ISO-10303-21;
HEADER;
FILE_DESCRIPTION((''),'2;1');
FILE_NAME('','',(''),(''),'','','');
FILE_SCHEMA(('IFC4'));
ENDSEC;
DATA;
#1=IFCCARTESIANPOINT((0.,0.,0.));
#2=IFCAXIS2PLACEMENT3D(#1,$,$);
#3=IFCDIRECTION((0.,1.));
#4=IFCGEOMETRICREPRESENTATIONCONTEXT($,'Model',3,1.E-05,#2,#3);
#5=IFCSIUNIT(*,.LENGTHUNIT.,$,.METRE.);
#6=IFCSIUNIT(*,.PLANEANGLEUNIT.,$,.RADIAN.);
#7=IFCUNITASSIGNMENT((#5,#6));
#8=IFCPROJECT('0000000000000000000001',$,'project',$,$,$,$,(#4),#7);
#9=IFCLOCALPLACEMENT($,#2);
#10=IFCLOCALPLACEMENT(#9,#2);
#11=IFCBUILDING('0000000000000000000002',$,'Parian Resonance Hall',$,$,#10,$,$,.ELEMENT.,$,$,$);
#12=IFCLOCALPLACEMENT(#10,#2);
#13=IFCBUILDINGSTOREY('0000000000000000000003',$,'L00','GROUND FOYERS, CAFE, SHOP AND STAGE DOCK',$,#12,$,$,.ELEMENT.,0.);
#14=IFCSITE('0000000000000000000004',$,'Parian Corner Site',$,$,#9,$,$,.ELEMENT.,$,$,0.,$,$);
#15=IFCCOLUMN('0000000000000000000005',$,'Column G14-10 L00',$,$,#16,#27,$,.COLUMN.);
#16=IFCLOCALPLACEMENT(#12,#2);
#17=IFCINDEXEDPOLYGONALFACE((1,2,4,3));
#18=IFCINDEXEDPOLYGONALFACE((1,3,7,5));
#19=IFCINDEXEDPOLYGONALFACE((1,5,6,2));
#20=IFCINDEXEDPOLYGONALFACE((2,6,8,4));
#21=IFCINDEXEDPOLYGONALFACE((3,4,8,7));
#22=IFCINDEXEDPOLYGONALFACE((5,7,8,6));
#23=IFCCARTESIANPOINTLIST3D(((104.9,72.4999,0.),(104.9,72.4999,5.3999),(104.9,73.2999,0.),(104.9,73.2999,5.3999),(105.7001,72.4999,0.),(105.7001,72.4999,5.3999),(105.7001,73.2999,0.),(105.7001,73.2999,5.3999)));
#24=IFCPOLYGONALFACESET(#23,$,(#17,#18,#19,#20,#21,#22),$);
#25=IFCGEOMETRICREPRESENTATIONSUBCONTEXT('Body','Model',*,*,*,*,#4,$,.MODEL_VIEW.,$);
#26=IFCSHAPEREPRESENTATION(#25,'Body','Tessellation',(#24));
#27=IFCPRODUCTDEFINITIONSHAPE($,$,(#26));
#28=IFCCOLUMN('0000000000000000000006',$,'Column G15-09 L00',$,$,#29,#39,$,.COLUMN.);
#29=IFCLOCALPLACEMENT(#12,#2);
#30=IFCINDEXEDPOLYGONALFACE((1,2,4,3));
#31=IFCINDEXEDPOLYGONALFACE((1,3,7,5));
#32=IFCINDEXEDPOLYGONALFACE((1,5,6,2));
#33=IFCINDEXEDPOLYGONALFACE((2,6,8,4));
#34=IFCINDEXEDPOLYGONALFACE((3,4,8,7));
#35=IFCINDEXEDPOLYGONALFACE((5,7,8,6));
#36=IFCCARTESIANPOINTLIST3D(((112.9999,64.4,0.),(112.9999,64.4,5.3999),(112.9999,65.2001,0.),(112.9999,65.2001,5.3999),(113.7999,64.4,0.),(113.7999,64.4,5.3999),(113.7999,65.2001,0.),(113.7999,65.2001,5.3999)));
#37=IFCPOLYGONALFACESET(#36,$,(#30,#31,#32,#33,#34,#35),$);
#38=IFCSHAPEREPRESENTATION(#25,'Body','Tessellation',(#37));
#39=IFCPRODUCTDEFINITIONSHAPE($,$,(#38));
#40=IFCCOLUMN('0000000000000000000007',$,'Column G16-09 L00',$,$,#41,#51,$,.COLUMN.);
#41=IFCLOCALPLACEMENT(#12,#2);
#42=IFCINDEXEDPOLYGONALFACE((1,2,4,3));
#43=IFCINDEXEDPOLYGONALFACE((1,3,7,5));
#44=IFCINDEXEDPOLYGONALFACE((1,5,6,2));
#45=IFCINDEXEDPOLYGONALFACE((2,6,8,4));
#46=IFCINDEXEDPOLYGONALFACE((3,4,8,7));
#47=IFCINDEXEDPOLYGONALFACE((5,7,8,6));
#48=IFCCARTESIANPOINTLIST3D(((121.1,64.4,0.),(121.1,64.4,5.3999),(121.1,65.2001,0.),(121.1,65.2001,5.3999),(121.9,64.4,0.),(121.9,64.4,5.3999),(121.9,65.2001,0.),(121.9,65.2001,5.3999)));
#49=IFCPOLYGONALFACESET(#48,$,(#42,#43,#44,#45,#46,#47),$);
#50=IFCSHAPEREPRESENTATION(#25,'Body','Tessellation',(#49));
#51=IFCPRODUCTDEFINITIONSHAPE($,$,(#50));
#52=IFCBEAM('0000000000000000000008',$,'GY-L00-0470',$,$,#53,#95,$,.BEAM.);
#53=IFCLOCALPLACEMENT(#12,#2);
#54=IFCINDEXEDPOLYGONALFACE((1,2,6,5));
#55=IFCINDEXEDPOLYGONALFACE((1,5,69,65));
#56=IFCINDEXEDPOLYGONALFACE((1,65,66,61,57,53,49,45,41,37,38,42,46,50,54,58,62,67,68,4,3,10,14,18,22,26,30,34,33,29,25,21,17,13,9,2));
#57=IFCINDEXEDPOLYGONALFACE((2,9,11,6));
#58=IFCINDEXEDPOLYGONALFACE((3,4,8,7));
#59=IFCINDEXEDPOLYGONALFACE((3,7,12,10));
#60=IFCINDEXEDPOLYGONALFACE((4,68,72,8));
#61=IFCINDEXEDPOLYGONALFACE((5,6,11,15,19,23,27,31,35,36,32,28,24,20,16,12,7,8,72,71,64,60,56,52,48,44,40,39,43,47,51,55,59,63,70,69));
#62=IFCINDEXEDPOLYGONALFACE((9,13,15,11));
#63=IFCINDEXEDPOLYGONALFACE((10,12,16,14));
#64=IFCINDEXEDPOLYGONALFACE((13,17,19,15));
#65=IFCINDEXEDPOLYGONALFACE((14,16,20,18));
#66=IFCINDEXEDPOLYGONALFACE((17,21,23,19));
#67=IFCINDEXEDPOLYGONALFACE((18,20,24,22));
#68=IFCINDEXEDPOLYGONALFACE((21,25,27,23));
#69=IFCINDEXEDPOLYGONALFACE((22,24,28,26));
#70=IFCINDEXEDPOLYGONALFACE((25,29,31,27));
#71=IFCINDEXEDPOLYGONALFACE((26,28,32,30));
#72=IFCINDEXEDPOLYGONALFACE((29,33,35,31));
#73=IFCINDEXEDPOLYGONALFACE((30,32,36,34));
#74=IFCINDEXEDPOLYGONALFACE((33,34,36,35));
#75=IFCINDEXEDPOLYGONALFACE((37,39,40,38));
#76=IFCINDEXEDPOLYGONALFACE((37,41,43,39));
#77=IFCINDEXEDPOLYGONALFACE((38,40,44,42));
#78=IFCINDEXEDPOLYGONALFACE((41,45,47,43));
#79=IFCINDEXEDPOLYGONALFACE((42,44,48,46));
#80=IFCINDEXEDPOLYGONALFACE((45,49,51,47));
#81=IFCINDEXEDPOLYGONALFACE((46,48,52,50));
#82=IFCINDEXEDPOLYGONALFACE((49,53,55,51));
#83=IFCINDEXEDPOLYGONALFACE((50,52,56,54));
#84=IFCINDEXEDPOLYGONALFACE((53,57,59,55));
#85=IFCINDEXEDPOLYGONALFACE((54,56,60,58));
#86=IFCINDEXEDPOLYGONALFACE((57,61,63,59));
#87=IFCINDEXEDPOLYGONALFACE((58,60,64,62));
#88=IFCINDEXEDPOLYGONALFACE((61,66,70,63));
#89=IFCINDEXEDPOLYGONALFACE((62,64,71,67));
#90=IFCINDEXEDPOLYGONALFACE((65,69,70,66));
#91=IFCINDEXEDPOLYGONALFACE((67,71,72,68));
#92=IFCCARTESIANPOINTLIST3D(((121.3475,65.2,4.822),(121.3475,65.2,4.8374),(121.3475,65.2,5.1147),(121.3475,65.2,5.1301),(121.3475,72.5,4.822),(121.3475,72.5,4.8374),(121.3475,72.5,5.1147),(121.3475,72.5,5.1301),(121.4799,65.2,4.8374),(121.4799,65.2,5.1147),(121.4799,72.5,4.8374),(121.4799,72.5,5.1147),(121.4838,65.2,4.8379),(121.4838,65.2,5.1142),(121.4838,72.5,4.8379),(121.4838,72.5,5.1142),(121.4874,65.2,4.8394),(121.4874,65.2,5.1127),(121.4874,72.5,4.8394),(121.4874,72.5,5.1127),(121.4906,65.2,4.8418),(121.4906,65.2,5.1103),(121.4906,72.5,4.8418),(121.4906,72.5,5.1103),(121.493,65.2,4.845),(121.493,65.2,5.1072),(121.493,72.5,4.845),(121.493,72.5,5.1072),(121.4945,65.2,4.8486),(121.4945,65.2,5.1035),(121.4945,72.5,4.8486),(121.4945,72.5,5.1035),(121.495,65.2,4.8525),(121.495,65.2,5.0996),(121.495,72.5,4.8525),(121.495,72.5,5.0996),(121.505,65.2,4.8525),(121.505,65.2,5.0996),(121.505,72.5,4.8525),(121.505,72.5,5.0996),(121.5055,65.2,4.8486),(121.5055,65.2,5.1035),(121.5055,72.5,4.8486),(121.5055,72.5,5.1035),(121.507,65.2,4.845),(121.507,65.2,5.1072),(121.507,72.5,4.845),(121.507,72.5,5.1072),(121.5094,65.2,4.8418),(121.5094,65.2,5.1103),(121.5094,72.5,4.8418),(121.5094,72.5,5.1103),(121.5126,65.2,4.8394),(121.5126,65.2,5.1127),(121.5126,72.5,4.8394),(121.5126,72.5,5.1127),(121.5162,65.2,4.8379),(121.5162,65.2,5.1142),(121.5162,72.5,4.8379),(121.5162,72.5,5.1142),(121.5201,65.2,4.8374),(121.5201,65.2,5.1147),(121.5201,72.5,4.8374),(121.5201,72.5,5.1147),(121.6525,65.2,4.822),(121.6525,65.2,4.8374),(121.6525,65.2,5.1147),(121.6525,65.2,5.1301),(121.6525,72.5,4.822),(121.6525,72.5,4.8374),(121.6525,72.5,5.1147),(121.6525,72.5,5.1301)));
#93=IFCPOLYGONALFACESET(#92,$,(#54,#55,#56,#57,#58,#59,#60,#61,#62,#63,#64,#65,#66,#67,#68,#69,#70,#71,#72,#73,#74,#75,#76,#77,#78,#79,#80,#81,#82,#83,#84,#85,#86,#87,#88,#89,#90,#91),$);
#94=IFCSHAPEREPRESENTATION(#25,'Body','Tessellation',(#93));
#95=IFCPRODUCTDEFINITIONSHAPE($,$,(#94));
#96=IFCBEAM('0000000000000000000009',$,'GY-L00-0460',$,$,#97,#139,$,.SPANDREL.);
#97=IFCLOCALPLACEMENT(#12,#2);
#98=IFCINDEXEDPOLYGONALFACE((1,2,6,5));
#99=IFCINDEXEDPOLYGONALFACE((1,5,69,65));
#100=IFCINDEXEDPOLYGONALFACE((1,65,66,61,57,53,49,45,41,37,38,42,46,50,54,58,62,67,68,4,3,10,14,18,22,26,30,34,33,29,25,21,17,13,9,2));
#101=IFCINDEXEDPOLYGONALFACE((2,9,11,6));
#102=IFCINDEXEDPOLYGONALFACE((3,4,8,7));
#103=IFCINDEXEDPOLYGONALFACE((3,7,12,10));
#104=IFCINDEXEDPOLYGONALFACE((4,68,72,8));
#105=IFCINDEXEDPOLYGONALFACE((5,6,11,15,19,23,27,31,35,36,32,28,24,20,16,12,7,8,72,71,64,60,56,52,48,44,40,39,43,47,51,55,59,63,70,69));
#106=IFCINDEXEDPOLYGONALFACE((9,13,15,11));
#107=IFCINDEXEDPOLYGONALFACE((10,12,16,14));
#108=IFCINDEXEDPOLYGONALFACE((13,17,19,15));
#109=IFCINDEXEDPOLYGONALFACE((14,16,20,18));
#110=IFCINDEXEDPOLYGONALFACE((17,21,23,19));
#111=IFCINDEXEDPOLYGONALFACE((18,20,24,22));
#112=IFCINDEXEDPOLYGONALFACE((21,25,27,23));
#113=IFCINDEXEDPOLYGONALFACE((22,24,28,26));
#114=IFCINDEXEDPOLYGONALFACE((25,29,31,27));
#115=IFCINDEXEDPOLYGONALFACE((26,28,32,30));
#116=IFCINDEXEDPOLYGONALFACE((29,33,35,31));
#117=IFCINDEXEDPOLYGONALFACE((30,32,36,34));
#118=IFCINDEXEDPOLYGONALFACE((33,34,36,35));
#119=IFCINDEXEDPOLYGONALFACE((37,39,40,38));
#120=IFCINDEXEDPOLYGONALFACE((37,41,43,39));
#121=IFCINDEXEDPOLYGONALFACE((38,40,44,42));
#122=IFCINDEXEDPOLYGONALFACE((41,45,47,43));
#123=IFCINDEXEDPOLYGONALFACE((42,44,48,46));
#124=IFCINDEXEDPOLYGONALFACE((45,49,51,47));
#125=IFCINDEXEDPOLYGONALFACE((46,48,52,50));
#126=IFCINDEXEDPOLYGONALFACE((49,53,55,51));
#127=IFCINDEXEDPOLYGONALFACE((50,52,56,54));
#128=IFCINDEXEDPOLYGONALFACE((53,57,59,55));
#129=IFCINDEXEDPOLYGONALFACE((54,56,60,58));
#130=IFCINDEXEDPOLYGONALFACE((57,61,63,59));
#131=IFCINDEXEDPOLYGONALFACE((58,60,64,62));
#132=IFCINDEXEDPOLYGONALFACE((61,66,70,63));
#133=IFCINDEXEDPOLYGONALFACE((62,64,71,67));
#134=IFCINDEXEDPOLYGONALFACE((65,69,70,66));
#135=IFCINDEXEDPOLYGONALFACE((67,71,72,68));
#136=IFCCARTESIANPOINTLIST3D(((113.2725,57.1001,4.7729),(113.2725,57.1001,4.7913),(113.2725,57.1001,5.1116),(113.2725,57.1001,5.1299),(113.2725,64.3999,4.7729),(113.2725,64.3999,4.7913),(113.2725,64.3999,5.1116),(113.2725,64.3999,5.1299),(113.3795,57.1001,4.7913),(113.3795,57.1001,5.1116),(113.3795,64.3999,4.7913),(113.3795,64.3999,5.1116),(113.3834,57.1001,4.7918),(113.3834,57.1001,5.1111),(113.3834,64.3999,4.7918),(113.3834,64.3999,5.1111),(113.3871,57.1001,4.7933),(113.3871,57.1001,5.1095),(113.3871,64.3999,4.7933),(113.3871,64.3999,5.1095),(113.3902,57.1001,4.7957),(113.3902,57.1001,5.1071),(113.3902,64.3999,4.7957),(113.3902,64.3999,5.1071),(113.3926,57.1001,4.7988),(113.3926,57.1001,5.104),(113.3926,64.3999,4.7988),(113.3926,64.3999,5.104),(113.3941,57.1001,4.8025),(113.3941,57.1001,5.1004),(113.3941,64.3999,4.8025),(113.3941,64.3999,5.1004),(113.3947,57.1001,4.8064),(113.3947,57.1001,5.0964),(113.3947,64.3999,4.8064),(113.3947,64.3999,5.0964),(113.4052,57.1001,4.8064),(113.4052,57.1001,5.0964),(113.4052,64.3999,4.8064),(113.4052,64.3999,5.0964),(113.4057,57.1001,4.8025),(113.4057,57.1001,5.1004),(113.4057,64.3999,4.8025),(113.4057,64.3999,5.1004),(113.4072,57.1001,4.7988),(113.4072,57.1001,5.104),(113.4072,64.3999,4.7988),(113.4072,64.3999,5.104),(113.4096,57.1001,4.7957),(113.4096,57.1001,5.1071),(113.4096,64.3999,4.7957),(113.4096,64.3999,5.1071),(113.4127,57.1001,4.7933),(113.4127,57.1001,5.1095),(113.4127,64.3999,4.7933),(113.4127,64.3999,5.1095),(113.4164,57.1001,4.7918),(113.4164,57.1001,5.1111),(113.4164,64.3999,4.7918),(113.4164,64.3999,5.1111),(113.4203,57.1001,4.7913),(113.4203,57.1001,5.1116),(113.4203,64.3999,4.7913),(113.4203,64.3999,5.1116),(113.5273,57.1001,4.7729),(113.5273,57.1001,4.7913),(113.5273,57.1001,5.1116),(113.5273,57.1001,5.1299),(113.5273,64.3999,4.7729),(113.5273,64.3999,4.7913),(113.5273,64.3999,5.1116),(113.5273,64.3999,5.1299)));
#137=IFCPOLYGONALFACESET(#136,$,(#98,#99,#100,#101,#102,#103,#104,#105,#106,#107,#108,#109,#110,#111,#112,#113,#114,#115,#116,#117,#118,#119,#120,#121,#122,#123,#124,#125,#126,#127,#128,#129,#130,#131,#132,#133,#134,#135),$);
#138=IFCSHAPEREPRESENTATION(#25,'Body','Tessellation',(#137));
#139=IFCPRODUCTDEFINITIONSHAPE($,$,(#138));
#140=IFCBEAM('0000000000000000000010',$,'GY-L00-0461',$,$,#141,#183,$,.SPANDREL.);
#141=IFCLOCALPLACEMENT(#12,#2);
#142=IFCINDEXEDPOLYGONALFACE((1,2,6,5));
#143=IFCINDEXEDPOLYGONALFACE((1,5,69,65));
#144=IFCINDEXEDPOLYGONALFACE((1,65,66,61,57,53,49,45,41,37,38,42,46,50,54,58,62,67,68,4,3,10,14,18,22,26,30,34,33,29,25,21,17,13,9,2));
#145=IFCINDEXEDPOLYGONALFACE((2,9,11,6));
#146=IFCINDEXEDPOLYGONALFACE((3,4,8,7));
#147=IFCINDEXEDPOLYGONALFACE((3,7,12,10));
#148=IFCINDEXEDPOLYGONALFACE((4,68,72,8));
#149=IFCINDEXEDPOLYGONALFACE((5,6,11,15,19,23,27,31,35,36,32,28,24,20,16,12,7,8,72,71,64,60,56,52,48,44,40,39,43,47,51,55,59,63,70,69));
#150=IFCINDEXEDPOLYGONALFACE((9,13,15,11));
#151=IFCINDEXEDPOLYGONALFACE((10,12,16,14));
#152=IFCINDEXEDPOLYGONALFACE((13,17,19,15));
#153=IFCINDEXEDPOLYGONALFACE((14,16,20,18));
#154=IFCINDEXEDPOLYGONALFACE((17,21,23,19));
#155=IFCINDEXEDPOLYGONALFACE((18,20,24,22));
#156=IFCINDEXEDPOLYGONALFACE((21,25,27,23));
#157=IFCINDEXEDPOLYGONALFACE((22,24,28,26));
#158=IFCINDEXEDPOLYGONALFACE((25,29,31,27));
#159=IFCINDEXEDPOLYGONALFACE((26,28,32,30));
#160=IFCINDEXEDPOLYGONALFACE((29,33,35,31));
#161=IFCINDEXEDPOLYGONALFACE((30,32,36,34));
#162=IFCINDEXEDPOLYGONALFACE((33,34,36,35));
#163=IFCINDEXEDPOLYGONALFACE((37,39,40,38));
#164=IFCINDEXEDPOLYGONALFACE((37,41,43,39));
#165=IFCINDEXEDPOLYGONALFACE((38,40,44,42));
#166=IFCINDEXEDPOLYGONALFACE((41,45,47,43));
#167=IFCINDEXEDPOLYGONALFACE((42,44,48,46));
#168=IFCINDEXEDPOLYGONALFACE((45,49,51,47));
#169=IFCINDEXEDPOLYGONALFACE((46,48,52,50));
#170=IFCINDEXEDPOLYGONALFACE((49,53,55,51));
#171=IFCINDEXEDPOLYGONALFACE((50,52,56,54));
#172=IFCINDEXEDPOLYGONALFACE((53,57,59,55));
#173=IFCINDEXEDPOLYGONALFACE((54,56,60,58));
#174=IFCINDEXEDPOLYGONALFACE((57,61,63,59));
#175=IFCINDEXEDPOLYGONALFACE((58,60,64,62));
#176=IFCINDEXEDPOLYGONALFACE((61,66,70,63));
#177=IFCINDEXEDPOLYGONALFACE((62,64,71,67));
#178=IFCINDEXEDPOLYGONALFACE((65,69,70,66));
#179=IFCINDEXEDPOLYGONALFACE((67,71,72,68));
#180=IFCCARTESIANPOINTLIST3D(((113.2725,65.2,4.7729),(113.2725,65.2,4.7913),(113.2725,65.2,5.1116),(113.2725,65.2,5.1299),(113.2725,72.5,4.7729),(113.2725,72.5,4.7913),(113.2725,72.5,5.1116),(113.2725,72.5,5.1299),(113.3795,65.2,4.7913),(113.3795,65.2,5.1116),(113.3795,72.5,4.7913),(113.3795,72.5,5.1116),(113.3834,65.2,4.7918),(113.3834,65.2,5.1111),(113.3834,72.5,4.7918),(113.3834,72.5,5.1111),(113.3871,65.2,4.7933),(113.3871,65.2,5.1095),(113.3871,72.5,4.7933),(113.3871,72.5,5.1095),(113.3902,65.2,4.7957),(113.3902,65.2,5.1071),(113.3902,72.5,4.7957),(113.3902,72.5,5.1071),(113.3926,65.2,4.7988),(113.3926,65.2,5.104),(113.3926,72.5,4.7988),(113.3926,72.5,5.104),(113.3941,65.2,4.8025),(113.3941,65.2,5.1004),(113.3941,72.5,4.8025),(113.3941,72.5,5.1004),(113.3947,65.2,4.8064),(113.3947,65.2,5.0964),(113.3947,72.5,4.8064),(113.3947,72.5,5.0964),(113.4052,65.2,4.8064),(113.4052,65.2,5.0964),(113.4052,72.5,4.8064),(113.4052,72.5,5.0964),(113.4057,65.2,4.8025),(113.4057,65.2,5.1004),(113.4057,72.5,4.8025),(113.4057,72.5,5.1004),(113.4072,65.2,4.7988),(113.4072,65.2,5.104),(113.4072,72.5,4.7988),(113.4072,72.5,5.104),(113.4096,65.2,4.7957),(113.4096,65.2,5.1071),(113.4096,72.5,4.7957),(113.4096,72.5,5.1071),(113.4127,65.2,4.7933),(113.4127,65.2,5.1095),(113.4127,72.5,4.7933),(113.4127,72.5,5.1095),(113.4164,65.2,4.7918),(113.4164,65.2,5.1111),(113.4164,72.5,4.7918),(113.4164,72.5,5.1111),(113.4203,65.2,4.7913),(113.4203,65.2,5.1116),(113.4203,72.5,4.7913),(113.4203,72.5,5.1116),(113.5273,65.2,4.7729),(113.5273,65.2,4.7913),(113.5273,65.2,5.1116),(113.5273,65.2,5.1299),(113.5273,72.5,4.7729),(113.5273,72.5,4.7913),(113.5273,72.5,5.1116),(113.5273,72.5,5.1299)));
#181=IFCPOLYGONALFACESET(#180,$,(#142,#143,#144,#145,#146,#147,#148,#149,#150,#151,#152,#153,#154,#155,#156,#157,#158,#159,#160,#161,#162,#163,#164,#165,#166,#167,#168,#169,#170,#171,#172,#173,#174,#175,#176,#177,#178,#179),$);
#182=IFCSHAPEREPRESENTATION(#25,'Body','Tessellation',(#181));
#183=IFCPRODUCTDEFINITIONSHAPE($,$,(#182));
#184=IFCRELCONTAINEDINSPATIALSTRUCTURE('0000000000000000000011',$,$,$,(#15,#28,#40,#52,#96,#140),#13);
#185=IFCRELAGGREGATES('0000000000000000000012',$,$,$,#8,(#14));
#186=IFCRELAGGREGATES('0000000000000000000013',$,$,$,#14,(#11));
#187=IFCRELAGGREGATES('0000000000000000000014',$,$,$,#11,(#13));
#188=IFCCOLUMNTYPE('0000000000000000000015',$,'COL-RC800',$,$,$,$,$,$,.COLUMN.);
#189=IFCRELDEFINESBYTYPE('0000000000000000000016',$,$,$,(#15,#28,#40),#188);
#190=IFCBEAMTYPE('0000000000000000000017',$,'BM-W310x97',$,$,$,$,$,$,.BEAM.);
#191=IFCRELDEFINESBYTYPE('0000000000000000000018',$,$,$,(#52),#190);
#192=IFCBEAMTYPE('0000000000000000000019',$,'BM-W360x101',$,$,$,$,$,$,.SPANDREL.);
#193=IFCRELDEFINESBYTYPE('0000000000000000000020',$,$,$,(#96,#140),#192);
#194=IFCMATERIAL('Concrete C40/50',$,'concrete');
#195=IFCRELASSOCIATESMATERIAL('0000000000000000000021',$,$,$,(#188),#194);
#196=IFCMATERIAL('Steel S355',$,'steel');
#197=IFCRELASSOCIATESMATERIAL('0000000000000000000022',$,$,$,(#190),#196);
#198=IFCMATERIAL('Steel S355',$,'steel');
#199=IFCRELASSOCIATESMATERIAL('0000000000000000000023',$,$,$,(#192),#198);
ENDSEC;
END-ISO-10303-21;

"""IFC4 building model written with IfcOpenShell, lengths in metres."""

from ifc_helpers import new_model, si_unit, direction, frame, origin, origin_2d, place, context, subcontext, project, spatial, rectangle, i_section, extrude, material, material_profile, profile_set, type_object, element, save


model = new_model("IFC4")

# Units and contexts
model_context = context("Model", 3, precision=1e-05, world=origin(), true_north=direction((0.0, 1.0)))
body_context = subcontext(model_context, "Body", "Model", "MODEL_VIEW")
ifc_project = project(units=[si_unit("LENGTHUNIT", "METRE"), si_unit("PLANEANGLEUNIT", "RADIAN")], contexts=[model_context])

# Site, building, storey
site_placement = place(None, origin())
site = spatial("IfcSite", under=ifc_project, at=site_placement, Name="Parian Corner Site", CompositionType="ELEMENT", RefElevation=0.0)
building_placement = place(site_placement, origin())
building = spatial("IfcBuilding", under=site, at=building_placement, Name="Parian Resonance Hall", CompositionType="ELEMENT")
storey_placement = place(building_placement, origin())
storey = spatial("IfcBuildingStorey", under=building, at=storey_placement, Name="L00", Description="GROUND FOYERS, CAFE, SHOP AND STAGE DOCK", CompositionType="ELEMENT", Elevation=0.0)

# Columns
ifc_material_1 = material(Name="Concrete C40/50", Category="concrete")
ifc_material_profile_1 = material_profile(ifc_material_1, rectangle(XDim=0.8, YDim=0.8, at=origin_2d()), Name="RC-COL-800x800")
ifc_profile_set_1 = profile_set([ifc_material_profile_1], Name="Concrete C40/50")
column_type = type_object("IfcColumnType", Name="COL-RC800", PredefinedType="COLUMN", material=ifc_profile_set_1)
for number, where, z_axis, x_axis, name in (
    (1, (105.3, 72.8999, 0.0), (0.0, 0.0, 1.0), (1.0, 0.0, 0.0), "Column G14-10 L00"),
    (2, (113.3999, 64.8, 0.0), (0.0, 0.0, 1.0), (1.0, 0.0, 0.0), "Column G15-09 L00"),
    (3, (121.5, 64.8, 0.0), (0.0, 0.0, 1.0), (1.0, 0.0, 0.0), "Column G16-09 L00"),
):
    element("IfcColumn", number, at=place(storey_placement, frame(where, z_axis=z_axis, x_axis=x_axis)), inside=storey, type_object=column_type, Name=name, PredefinedType="COLUMN", context=body_context, shape_type="SweptSolid", body=[
        extrude(rectangle(XDim=0.8, YDim=0.8, at=origin_2d()), origin(), (0.0, 0.0, 1.0), 5.3999),
    ])

# Beams
ifc_material_2 = material(Name="Steel S355", Category="steel")
ifc_material_profile_2 = material_profile(ifc_material_2, i_section(OverallWidth=0.3049, OverallDepth=0.3081, WebThickness=0.01, FlangeThickness=0.0154, FilletRadius=0.0151, at=origin_2d()), Name="W310x97")
ifc_profile_set_2 = profile_set([ifc_material_profile_2], Name="Steel S355")
beam_type_1 = type_object("IfcBeamType", Name="BM-W310x97", PredefinedType="BEAM", material=ifc_profile_set_2)
beam_1_placement = place(storey_placement, frame((121.5, 65.2, 4.9761), z_axis=(0.0, 1.0, 0.0), x_axis=(-1.0, 0.0, 0.0)))
element("IfcBeam", 4, at=beam_1_placement, inside=storey, type_object=beam_type_1, Name="GY-L00-0470", PredefinedType="BEAM", context=body_context, shape_type="SweptSolid", body=[
    extrude(i_section(OverallWidth=0.3049, OverallDepth=0.3081, WebThickness=0.01, FlangeThickness=0.0154, FilletRadius=0.0151, at=origin_2d()), origin(), (0.0, 0.0, 1.0), 7.3),
])
ifc_material_3 = material(Name="Steel S355", Category="steel")
ifc_material_profile_3 = material_profile(ifc_material_3, i_section(OverallWidth=0.2549, OverallDepth=0.3569, WebThickness=0.0105, FlangeThickness=0.0183, FilletRadius=0.0151, at=origin_2d()), Name="W360x101")
ifc_profile_set_3 = profile_set([ifc_material_profile_3], Name="Steel S355")
beam_type_2 = type_object("IfcBeamType", Name="BM-W360x101", PredefinedType="SPANDREL", material=ifc_profile_set_3)
beam_2_placement = place(storey_placement, frame((113.3999, 57.1001, 4.9514), z_axis=(0.0, 1.0, 0.0), x_axis=(-1.0, 0.0, 0.0)))
element("IfcBeam", 5, at=beam_2_placement, inside=storey, type_object=beam_type_2, Name="GY-L00-0460", PredefinedType="SPANDREL", context=body_context, shape_type="SweptSolid", body=[
    extrude(i_section(OverallWidth=0.2549, OverallDepth=0.3569, WebThickness=0.0105, FlangeThickness=0.0183, FilletRadius=0.0151, at=origin_2d()), origin(), (0.0, 0.0, 1.0), 7.2998),
])
beam_3_placement = place(storey_placement, frame((113.3999, 65.2, 4.9514), z_axis=(0.0, 1.0, 0.0), x_axis=(-1.0, 0.0, 0.0)))
element("IfcBeam", 6, at=beam_3_placement, inside=storey, type_object=beam_type_2, Name="GY-L00-0461", PredefinedType="SPANDREL", context=body_context, shape_type="SweptSolid", body=[
    extrude(i_section(OverallWidth=0.2549, OverallDepth=0.3569, WebThickness=0.0105, FlangeThickness=0.0183, FilletRadius=0.0151, at=origin_2d()), origin(), (0.0, 0.0, 1.0), 7.3),
])

save(model, "model.ifc")
